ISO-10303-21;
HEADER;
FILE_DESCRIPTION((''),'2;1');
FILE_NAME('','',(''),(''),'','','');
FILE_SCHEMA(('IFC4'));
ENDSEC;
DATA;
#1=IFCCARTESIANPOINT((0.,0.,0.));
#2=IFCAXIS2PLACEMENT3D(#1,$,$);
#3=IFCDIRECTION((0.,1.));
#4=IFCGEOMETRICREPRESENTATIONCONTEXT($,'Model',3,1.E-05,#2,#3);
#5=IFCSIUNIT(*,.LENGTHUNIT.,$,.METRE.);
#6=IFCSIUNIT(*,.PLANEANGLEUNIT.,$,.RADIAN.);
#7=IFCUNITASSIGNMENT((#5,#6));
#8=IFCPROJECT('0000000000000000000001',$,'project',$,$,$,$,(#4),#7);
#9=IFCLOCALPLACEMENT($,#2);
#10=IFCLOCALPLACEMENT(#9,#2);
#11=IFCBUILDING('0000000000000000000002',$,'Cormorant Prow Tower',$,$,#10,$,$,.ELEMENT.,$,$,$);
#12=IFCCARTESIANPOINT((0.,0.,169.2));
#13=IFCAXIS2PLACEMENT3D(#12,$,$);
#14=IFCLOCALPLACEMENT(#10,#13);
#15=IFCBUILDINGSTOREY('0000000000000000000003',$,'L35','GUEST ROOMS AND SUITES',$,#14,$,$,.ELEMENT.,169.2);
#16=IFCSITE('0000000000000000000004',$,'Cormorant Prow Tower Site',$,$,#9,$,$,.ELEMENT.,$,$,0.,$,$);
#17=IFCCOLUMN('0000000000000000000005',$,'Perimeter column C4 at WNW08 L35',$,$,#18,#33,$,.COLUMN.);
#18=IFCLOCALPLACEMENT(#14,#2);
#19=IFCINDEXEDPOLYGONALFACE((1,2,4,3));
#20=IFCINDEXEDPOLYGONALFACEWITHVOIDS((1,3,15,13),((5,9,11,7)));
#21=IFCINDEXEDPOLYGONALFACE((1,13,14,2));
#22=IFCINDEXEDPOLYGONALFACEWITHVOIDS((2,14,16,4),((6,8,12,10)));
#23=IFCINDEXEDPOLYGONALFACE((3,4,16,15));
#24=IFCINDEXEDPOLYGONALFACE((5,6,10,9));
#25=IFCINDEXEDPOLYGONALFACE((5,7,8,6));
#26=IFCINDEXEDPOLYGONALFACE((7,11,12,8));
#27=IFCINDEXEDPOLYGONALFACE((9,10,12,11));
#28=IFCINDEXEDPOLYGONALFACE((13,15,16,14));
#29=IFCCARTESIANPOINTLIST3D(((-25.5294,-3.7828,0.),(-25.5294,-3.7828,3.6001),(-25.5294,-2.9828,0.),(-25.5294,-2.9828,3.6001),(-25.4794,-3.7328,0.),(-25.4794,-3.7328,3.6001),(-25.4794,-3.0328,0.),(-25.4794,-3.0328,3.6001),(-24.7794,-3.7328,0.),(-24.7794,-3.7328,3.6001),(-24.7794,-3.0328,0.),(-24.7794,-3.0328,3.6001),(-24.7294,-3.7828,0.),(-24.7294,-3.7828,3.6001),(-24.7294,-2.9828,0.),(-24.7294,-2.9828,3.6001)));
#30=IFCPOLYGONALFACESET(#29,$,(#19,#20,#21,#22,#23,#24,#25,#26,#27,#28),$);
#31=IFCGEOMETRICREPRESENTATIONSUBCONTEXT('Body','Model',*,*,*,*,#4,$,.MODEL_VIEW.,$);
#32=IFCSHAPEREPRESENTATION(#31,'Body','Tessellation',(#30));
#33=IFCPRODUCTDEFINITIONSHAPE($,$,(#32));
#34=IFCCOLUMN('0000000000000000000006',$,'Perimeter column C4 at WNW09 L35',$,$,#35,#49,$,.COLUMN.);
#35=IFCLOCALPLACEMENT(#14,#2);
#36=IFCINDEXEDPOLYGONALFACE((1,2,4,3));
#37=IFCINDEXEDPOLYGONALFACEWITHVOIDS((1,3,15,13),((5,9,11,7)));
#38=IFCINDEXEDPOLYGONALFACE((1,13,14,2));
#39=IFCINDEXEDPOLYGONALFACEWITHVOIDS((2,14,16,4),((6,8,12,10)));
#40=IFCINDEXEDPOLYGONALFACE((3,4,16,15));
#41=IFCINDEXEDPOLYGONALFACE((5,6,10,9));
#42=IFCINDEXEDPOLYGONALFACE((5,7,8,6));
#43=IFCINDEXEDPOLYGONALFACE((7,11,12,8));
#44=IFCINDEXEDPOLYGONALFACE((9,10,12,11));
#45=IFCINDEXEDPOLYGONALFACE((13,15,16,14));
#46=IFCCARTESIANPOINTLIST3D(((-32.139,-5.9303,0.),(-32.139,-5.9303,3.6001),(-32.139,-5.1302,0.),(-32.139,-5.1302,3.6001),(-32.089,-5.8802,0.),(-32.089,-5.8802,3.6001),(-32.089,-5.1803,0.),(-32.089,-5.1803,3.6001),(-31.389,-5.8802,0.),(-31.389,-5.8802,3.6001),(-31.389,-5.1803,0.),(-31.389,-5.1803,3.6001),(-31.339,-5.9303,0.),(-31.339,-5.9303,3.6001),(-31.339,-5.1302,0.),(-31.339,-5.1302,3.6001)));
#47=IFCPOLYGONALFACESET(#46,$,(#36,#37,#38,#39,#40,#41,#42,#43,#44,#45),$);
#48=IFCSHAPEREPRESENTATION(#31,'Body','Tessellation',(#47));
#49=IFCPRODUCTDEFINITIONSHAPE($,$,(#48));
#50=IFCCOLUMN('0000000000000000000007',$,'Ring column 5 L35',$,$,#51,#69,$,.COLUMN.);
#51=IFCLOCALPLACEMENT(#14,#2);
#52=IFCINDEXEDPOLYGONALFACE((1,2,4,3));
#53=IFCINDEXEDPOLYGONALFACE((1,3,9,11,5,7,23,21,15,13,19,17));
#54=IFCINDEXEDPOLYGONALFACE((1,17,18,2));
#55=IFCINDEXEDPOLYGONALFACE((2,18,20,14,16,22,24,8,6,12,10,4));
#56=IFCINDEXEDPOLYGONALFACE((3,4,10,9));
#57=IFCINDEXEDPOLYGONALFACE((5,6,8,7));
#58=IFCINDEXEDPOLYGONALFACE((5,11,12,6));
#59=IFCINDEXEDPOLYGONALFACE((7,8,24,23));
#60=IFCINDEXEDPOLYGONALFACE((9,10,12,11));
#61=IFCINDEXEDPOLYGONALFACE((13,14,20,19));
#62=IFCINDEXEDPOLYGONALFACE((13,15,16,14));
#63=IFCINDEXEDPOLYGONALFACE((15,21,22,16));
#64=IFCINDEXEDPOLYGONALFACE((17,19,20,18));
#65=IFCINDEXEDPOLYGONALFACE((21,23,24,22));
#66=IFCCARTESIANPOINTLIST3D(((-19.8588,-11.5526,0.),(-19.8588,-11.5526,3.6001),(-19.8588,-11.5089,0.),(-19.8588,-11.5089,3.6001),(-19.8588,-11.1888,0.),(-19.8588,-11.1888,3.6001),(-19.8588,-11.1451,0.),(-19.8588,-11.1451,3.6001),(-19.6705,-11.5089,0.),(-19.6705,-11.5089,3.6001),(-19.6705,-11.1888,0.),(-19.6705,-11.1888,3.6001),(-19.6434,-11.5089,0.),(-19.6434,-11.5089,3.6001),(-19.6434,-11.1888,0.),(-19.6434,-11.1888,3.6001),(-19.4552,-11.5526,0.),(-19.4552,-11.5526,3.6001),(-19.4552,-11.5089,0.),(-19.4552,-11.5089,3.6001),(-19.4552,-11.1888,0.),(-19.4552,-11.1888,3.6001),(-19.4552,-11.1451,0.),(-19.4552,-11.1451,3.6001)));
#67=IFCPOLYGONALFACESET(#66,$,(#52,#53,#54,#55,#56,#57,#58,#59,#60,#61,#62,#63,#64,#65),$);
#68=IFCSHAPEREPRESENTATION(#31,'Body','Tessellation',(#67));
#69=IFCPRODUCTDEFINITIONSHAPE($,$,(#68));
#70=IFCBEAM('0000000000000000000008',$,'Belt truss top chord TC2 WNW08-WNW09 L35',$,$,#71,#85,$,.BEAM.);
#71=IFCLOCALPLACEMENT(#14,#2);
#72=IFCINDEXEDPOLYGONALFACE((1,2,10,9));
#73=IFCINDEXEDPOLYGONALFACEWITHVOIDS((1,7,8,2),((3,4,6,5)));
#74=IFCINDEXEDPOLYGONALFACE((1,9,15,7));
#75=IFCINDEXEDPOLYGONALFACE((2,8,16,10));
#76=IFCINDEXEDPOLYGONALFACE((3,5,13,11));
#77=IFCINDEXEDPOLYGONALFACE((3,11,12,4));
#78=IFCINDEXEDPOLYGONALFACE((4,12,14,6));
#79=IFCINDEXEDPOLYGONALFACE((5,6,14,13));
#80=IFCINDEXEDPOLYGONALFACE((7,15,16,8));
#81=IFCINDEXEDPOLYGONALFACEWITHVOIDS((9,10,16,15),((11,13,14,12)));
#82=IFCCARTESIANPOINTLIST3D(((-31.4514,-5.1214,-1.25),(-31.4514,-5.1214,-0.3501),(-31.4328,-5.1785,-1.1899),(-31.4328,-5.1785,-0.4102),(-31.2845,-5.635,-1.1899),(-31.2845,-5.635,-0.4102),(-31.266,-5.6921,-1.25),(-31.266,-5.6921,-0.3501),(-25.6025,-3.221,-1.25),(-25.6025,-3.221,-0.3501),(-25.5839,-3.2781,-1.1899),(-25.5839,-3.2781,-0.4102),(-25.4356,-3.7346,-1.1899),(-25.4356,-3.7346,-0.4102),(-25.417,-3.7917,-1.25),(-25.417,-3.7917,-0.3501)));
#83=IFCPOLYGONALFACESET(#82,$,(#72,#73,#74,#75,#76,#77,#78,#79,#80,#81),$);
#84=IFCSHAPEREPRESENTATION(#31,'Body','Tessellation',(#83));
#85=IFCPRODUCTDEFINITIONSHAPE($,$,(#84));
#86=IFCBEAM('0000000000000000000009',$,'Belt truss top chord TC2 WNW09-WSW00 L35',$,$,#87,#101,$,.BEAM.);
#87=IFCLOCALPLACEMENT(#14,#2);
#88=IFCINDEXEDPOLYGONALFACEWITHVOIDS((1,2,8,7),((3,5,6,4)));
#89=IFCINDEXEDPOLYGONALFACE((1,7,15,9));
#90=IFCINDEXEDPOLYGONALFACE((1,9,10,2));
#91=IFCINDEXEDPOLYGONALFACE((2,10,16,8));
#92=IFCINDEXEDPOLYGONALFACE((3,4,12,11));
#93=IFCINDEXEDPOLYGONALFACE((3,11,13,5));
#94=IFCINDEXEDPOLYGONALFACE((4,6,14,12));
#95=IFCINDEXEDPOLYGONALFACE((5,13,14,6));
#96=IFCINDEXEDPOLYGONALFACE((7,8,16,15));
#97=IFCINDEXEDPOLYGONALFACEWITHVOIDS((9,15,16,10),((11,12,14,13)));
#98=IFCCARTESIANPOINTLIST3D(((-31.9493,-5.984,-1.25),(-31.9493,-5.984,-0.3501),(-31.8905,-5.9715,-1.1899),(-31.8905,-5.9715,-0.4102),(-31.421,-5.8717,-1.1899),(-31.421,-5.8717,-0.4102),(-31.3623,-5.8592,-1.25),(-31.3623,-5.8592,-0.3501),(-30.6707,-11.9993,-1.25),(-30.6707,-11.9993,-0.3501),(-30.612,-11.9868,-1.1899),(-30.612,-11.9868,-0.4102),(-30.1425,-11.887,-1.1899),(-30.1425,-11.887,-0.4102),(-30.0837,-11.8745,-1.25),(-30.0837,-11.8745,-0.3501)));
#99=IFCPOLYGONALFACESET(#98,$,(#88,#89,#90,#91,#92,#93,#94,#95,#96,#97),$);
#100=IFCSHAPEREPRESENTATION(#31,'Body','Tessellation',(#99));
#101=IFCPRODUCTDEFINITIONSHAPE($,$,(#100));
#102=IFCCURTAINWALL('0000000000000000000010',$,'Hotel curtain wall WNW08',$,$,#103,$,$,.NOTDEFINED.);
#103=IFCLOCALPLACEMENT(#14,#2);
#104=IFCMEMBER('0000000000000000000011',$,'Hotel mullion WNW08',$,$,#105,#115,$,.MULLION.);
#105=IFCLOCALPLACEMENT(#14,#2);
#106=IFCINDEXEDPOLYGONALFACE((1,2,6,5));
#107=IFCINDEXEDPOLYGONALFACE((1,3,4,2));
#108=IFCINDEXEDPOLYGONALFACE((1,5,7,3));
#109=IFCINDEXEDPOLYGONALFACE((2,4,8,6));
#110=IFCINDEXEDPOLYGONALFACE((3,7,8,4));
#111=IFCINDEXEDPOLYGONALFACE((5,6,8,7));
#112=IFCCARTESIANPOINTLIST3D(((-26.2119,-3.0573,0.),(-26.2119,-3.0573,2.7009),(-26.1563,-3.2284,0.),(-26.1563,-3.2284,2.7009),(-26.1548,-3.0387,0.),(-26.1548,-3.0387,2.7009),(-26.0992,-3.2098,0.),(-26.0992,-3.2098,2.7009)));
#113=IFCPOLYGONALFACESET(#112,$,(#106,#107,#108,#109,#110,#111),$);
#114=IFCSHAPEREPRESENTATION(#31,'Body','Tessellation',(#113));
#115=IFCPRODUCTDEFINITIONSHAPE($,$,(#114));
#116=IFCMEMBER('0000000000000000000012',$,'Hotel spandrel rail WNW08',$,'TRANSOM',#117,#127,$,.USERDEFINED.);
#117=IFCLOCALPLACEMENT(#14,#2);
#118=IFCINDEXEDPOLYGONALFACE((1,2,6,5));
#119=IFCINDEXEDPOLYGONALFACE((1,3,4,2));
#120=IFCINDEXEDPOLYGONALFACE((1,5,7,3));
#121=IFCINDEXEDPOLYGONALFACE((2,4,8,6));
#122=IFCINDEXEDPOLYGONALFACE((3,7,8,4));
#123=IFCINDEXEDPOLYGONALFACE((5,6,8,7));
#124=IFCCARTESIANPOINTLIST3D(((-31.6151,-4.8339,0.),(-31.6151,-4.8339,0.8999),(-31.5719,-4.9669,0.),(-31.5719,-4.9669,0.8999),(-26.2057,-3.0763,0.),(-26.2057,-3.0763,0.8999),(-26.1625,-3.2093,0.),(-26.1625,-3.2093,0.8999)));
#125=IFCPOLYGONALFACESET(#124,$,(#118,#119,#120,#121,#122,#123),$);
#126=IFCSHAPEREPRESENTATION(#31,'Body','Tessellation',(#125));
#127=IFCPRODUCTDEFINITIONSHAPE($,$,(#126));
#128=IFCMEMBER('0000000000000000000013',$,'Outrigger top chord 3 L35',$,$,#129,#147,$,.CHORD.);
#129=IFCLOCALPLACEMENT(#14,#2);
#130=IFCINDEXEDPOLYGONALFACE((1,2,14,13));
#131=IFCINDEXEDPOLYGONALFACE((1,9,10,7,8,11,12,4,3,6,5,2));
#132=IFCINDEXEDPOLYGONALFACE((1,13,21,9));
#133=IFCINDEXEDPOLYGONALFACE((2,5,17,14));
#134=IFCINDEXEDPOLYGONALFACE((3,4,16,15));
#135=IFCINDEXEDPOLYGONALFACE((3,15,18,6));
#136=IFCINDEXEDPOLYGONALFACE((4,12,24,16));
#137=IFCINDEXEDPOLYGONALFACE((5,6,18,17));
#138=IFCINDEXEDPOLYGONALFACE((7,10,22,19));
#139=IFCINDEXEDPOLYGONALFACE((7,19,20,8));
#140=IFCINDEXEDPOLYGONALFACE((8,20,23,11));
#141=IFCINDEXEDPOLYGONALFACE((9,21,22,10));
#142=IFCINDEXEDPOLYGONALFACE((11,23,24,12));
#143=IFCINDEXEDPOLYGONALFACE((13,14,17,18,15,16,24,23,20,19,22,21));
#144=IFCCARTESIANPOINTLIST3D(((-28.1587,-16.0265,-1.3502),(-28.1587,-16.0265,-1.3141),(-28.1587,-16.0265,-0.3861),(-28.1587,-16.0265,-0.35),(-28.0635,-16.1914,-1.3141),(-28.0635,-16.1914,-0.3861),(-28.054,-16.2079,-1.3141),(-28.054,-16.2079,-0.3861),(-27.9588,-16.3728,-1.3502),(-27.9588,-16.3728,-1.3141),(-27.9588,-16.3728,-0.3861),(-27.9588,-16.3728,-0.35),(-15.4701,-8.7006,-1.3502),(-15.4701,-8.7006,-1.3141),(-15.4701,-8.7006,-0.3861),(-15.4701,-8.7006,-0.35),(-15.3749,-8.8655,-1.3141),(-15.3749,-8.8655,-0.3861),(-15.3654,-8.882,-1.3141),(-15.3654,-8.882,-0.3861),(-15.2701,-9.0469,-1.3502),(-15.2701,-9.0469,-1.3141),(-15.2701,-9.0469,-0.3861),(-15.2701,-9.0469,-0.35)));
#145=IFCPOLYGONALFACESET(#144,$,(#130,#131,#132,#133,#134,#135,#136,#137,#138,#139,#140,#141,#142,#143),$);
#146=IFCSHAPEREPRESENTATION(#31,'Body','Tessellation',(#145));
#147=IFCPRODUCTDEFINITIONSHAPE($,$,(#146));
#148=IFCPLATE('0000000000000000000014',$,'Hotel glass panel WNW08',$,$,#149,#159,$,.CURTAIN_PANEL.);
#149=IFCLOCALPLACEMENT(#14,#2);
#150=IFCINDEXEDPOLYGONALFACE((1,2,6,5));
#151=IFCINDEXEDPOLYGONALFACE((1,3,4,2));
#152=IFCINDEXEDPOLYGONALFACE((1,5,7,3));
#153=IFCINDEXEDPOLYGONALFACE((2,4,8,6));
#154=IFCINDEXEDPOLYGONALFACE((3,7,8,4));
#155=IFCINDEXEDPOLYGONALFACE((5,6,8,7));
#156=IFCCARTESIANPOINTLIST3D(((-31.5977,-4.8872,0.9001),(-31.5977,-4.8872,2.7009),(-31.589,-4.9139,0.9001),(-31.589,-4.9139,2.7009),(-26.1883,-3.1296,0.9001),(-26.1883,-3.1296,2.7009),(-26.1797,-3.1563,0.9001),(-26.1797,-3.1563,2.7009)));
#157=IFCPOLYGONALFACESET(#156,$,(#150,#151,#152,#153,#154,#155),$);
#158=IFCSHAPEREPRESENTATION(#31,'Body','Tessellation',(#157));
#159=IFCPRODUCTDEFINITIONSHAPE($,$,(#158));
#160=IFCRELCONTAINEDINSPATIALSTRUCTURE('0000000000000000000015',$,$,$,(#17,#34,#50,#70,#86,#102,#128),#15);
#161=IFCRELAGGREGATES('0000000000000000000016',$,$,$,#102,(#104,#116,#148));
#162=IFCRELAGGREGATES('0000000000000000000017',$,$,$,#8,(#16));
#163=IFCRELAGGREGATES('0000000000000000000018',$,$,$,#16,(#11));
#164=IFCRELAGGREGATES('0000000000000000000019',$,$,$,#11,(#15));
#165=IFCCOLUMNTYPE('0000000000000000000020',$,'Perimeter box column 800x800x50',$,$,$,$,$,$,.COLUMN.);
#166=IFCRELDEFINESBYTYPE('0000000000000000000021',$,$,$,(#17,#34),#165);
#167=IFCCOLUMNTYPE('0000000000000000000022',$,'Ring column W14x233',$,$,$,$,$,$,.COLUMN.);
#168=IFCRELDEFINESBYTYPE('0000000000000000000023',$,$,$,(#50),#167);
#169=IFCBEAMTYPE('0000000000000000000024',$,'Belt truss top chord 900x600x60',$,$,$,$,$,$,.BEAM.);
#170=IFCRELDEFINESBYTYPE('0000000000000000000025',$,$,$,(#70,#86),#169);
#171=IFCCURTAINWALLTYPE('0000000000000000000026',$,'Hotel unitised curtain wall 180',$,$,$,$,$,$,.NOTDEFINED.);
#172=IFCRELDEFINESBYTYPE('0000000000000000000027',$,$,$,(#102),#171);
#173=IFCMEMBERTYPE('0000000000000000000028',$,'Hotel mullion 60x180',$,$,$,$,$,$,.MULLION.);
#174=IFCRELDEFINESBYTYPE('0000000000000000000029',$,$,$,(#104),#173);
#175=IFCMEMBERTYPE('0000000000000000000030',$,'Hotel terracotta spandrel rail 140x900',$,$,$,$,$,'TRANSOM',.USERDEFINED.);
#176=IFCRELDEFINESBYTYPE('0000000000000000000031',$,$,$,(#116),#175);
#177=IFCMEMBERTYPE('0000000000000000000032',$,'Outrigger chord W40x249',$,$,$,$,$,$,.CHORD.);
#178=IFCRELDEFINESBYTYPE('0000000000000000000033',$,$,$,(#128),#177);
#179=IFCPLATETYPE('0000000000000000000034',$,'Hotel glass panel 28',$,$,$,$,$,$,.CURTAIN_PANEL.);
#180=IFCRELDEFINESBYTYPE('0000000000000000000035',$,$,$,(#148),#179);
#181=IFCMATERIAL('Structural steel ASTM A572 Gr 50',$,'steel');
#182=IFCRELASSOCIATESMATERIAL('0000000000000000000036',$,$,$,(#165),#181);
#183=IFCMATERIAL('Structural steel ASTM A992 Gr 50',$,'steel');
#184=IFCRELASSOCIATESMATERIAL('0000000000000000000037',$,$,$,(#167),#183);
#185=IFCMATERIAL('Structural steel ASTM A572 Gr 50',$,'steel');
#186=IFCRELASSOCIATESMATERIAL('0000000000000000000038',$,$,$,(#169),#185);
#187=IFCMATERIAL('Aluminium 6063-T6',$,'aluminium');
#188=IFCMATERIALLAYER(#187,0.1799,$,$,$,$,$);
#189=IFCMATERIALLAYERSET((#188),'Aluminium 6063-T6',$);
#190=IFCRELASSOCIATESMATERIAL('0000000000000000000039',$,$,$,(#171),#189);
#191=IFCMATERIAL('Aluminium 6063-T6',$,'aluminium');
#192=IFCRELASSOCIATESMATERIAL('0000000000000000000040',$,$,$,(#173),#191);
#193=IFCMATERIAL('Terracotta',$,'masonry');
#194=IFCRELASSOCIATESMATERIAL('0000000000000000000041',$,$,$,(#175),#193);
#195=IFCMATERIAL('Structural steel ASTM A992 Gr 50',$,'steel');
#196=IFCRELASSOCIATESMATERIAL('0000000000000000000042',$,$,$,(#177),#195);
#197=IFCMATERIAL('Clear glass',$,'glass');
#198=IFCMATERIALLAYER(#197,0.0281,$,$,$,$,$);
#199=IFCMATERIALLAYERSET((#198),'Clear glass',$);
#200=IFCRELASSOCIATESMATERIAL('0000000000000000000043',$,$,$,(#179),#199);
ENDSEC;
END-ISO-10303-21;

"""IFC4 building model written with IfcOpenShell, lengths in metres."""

from ifc_helpers import new_model, si_unit, direction, frame, origin, origin_2d, place, context, subcontext, project, spatial, rectangle, hollow_rectangle, i_section, extrude, material, layer, layer_set, material_profile, profile_set, type_object, element, aggregate, save


model = new_model("IFC4")

# Units and contexts
model_context = context("Model", 3, precision=1e-05, world=origin(), true_north=direction((0.0, 1.0)))
body_context = subcontext(model_context, "Body", "Model", "MODEL_VIEW")
ifc_project = project(units=[si_unit("LENGTHUNIT", "METRE"), si_unit("PLANEANGLEUNIT", "RADIAN")], contexts=[model_context])

# Site, building, storey
site_placement = place(None, origin())
site = spatial("IfcSite", under=ifc_project, at=site_placement, Name="Cormorant Prow Tower Site", CompositionType="ELEMENT", RefElevation=0.0)
building_placement = place(site_placement, origin())
building = spatial("IfcBuilding", under=site, at=building_placement, Name="Cormorant Prow Tower", CompositionType="ELEMENT")
storey_placement = place(building_placement, frame((0.0, 0.0, 169.2)))
storey = spatial("IfcBuildingStorey", under=building, at=storey_placement, Name="L35", Description="GUEST ROOMS AND SUITES", CompositionType="ELEMENT", Elevation=169.2)

# Columns
ifc_material_1 = material(Name="Structural steel ASTM A572 Gr 50", Category="steel")
ifc_material_profile_1 = material_profile(ifc_material_1, hollow_rectangle(XDim=0.8, YDim=0.8, WallThickness=0.05, at=origin_2d()), Name="Box 800x800x50")
ifc_profile_set_1 = profile_set([ifc_material_profile_1], Name="Structural steel ASTM A572 Gr 50")
column_type_1 = type_object("IfcColumnType", Name="Perimeter box column 800x800x50", PredefinedType="COLUMN", material=ifc_profile_set_1)
for number, where, z_axis, x_axis, name in (
    (1, (-25.1294, -3.3828, 0.0), (0.0, 0.0, 1.0), (1.0, 0.0, 0.0), "Perimeter column C4 at WNW08 L35"),
    (2, (-31.739, -5.5303, 0.0), (0.0, 0.0, 1.0), (1.0, 0.0, 0.0), "Perimeter column C4 at WNW09 L35"),
):
    element("IfcColumn", number, at=place(storey_placement, frame(where, z_axis=z_axis, x_axis=x_axis)), inside=storey, type_object=column_type_1, Name=name, PredefinedType="COLUMN", context=body_context, shape_type="SweptSolid", body=[
        extrude(hollow_rectangle(XDim=0.8, YDim=0.8, WallThickness=0.05, at=origin_2d()), origin(), (0.0, 0.0, 1.0), 3.6001),
    ])
ifc_material_2 = material(Name="Structural steel ASTM A992 Gr 50", Category="steel")
ifc_material_profile_2 = material_profile(ifc_material_2, i_section(OverallWidth=0.4036, OverallDepth=0.4075, WebThickness=0.0271, FlangeThickness=0.0437, at=origin_2d()), Name="W14x233")
ifc_profile_set_2 = profile_set([ifc_material_profile_2], Name="Structural steel ASTM A992 Gr 50")
column_type_2 = type_object("IfcColumnType", Name="Ring column W14x233", PredefinedType="COLUMN", material=ifc_profile_set_2)
column_placement = place(storey_placement, frame((-19.657, -11.3489, 0.0), z_axis=(0.0, 0.0, 1.0), x_axis=(1.0, 0.0, 0.0)))
element("IfcColumn", 3, at=column_placement, inside=storey, type_object=column_type_2, Name="Ring column 5 L35", PredefinedType="COLUMN", context=body_context, shape_type="SweptSolid", body=[
    extrude(i_section(OverallWidth=0.4036, OverallDepth=0.4075, WebThickness=0.0271, FlangeThickness=0.0437, at=origin_2d()), origin(), (0.0, 0.0, 1.0), 3.6001),
])

# Beams
ifc_material_3 = material(Name="Structural steel ASTM A572 Gr 50", Category="steel")
ifc_material_profile_3 = material_profile(ifc_material_3, hollow_rectangle(XDim=0.6001, YDim=0.8999, WallThickness=0.0601, at=origin_2d()), Name="Box 900x600x60")
ifc_profile_set_3 = profile_set([ifc_material_profile_3], Name="Structural steel ASTM A572 Gr 50")
beam_type = type_object("IfcBeamType", Name="Belt truss top chord 900x600x60", PredefinedType="BEAM", material=ifc_profile_set_3)
beam_1_placement = place(storey_placement, frame((-25.5098, -3.5063, -0.8), z_axis=(-0.951058, -0.309013, 0.0), x_axis=(0.309013, -0.951058, 0.0)))
element("IfcBeam", 4, at=beam_1_placement, inside=storey, type_object=beam_type, Name="Belt truss top chord TC2 WNW08-WNW09 L35", PredefinedType="BEAM", context=body_context, shape_type="SweptSolid", body=[
    extrude(hollow_rectangle(XDim=0.6001, YDim=0.8999, WallThickness=0.0601, at=origin_2d()), origin(), (0.0, 0.0, 1.0), 6.1499),
])
beam_2_placement = place(storey_placement, frame((-31.6558, -5.9216, -0.8), z_axis=(0.207905, -0.978149, 0.0), x_axis=(0.978149, 0.207905, 0.0)))
element("IfcBeam", 5, at=beam_2_placement, inside=storey, type_object=beam_type, Name="Belt truss top chord TC2 WNW09-WSW00 L35", PredefinedType="BEAM", context=body_context, shape_type="SweptSolid", body=[
    extrude(hollow_rectangle(XDim=0.6001, YDim=0.8999, WallThickness=0.0601, at=origin_2d()), origin(), (0.0, 0.0, 1.0), 6.1497),
])

# Curtain wall, members
ifc_material_4 = material(Name="Aluminium 6063-T6", Category="aluminium")
ifc_layer_1 = layer(ifc_material_4, 0.1799)
ifc_layer_set_1 = layer_set([ifc_layer_1], Name="Aluminium 6063-T6")
curtain_wall_type = type_object("IfcCurtainWallType", Name="Hotel unitised curtain wall 180", PredefinedType="NOTDEFINED", material=ifc_layer_set_1)
curtain_wall_placement = place(storey_placement, origin())
curtain_wall = element("IfcCurtainWall", 6, at=curtain_wall_placement, inside=storey, type_object=curtain_wall_type, Name="Hotel curtain wall WNW08", PredefinedType="NOTDEFINED")
ifc_material_5 = material(Name="Aluminium 6063-T6", Category="aluminium")
ifc_material_profile_4 = material_profile(ifc_material_5, rectangle(XDim=0.1799, YDim=0.0601, at=origin_2d()), Name="Hotel mullion 60x180")
ifc_profile_set_4 = profile_set([ifc_material_profile_4], Name="Aluminium 6063-T6")
member_type_1 = type_object("IfcMemberType", Name="Hotel mullion 60x180", PredefinedType="MULLION", material=ifc_profile_set_4)
member_1_placement = place(storey_placement, frame((-26.1555, -3.1335, 0.0), z_axis=(0.0, 0.0, 1.0), x_axis=(0.309017, -0.951056, 0.0)))
member_1 = element("IfcMember", 7, at=member_1_placement, type_object=member_type_1, Name="Hotel mullion WNW08", PredefinedType="MULLION", context=body_context, shape_type="SweptSolid", body=[
    extrude(rectangle(XDim=0.1799, YDim=0.0601, at=origin_2d()), origin(), (0.0, 0.0, 1.0), 2.7009),
])
ifc_material_6 = material(Name="Terracotta", Category="masonry")
ifc_material_profile_5 = material_profile(ifc_material_6, rectangle(XDim=0.1399, YDim=0.8999, at=origin_2d()), Name="Hotel terracotta spandrel rail 140x900")
ifc_profile_set_5 = profile_set([ifc_material_profile_5], Name="Terracotta")
member_type_2 = type_object("IfcMemberType", Name="Hotel terracotta spandrel rail 140x900", ElementType="TRANSOM", PredefinedType="USERDEFINED", material=ifc_profile_set_5)
member_2_placement = place(storey_placement, frame((-26.1841, -3.1428, 0.45), z_axis=(-0.95106, -0.309007, 0.0), x_axis=(0.309007, -0.95106, 0.0)))
member_2 = element("IfcMember", 8, at=member_2_placement, type_object=member_type_2, Name="Hotel spandrel rail WNW08", ObjectType="TRANSOM", PredefinedType="USERDEFINED", context=body_context, shape_type="SweptSolid", body=[
    extrude(rectangle(XDim=0.1399, YDim=0.8999, at=origin_2d()), origin(), (0.0, 0.0, 1.0), 5.6877),
])

# Member
ifc_material_7 = material(Name="Structural steel ASTM A992 Gr 50", Category="steel")
ifc_material_profile_6 = material_profile(ifc_material_7, i_section(OverallWidth=0.3999, OverallDepth=1.0002, WebThickness=0.019, FlangeThickness=0.0361, at=origin_2d()), Name="W40x249")
ifc_profile_set_6 = profile_set([ifc_material_profile_6], Name="Structural steel ASTM A992 Gr 50")
member_type_3 = type_object("IfcMemberType", Name="Outrigger chord W40x249", PredefinedType="CHORD", material=ifc_profile_set_6)
member_3_placement = place(storey_placement, frame((-15.3701, -8.8738, -0.8501), z_axis=(-0.866023, -0.500005, 0.0), x_axis=(0.500005, -0.866023, 0.0)))
element("IfcMember", 9, at=member_3_placement, inside=storey, type_object=member_type_3, Name="Outrigger top chord 3 L35", PredefinedType="CHORD", context=body_context, shape_type="SweptSolid", body=[
    extrude(i_section(OverallWidth=0.3999, OverallDepth=1.0002, WebThickness=0.019, FlangeThickness=0.0361, at=origin_2d()), origin(), (0.0, 0.0, 1.0), 14.6516),
])

# Plate
ifc_material_8 = material(Name="Clear glass", Category="glass")
ifc_layer_2 = layer(ifc_material_8, 0.0281)
ifc_layer_set_2 = layer_set([ifc_layer_2], Name="Clear glass")
plate_type = type_object("IfcPlateType", Name="Hotel glass panel 28", PredefinedType="CURTAIN_PANEL", material=ifc_layer_set_2)
plate_placement = place(storey_placement, frame((-28.8887, -4.0217, 0.9001), z_axis=(0.0, 0.0, 1.0), x_axis=(-0.951056, -0.309017, 0.0)))
plate = element("IfcPlate", 10, at=plate_placement, type_object=plate_type, Name="Hotel glass panel WNW08", PredefinedType="CURTAIN_PANEL", context=body_context, shape_type="SweptSolid", body=[
    extrude(rectangle(XDim=5.6877, YDim=0.0281, at=origin_2d()), origin(), (0.0, 0.0, 1.0), 1.8008),
])
aggregate(curtain_wall, [member_1, member_2, plate])

save(model, "model.ifc")
